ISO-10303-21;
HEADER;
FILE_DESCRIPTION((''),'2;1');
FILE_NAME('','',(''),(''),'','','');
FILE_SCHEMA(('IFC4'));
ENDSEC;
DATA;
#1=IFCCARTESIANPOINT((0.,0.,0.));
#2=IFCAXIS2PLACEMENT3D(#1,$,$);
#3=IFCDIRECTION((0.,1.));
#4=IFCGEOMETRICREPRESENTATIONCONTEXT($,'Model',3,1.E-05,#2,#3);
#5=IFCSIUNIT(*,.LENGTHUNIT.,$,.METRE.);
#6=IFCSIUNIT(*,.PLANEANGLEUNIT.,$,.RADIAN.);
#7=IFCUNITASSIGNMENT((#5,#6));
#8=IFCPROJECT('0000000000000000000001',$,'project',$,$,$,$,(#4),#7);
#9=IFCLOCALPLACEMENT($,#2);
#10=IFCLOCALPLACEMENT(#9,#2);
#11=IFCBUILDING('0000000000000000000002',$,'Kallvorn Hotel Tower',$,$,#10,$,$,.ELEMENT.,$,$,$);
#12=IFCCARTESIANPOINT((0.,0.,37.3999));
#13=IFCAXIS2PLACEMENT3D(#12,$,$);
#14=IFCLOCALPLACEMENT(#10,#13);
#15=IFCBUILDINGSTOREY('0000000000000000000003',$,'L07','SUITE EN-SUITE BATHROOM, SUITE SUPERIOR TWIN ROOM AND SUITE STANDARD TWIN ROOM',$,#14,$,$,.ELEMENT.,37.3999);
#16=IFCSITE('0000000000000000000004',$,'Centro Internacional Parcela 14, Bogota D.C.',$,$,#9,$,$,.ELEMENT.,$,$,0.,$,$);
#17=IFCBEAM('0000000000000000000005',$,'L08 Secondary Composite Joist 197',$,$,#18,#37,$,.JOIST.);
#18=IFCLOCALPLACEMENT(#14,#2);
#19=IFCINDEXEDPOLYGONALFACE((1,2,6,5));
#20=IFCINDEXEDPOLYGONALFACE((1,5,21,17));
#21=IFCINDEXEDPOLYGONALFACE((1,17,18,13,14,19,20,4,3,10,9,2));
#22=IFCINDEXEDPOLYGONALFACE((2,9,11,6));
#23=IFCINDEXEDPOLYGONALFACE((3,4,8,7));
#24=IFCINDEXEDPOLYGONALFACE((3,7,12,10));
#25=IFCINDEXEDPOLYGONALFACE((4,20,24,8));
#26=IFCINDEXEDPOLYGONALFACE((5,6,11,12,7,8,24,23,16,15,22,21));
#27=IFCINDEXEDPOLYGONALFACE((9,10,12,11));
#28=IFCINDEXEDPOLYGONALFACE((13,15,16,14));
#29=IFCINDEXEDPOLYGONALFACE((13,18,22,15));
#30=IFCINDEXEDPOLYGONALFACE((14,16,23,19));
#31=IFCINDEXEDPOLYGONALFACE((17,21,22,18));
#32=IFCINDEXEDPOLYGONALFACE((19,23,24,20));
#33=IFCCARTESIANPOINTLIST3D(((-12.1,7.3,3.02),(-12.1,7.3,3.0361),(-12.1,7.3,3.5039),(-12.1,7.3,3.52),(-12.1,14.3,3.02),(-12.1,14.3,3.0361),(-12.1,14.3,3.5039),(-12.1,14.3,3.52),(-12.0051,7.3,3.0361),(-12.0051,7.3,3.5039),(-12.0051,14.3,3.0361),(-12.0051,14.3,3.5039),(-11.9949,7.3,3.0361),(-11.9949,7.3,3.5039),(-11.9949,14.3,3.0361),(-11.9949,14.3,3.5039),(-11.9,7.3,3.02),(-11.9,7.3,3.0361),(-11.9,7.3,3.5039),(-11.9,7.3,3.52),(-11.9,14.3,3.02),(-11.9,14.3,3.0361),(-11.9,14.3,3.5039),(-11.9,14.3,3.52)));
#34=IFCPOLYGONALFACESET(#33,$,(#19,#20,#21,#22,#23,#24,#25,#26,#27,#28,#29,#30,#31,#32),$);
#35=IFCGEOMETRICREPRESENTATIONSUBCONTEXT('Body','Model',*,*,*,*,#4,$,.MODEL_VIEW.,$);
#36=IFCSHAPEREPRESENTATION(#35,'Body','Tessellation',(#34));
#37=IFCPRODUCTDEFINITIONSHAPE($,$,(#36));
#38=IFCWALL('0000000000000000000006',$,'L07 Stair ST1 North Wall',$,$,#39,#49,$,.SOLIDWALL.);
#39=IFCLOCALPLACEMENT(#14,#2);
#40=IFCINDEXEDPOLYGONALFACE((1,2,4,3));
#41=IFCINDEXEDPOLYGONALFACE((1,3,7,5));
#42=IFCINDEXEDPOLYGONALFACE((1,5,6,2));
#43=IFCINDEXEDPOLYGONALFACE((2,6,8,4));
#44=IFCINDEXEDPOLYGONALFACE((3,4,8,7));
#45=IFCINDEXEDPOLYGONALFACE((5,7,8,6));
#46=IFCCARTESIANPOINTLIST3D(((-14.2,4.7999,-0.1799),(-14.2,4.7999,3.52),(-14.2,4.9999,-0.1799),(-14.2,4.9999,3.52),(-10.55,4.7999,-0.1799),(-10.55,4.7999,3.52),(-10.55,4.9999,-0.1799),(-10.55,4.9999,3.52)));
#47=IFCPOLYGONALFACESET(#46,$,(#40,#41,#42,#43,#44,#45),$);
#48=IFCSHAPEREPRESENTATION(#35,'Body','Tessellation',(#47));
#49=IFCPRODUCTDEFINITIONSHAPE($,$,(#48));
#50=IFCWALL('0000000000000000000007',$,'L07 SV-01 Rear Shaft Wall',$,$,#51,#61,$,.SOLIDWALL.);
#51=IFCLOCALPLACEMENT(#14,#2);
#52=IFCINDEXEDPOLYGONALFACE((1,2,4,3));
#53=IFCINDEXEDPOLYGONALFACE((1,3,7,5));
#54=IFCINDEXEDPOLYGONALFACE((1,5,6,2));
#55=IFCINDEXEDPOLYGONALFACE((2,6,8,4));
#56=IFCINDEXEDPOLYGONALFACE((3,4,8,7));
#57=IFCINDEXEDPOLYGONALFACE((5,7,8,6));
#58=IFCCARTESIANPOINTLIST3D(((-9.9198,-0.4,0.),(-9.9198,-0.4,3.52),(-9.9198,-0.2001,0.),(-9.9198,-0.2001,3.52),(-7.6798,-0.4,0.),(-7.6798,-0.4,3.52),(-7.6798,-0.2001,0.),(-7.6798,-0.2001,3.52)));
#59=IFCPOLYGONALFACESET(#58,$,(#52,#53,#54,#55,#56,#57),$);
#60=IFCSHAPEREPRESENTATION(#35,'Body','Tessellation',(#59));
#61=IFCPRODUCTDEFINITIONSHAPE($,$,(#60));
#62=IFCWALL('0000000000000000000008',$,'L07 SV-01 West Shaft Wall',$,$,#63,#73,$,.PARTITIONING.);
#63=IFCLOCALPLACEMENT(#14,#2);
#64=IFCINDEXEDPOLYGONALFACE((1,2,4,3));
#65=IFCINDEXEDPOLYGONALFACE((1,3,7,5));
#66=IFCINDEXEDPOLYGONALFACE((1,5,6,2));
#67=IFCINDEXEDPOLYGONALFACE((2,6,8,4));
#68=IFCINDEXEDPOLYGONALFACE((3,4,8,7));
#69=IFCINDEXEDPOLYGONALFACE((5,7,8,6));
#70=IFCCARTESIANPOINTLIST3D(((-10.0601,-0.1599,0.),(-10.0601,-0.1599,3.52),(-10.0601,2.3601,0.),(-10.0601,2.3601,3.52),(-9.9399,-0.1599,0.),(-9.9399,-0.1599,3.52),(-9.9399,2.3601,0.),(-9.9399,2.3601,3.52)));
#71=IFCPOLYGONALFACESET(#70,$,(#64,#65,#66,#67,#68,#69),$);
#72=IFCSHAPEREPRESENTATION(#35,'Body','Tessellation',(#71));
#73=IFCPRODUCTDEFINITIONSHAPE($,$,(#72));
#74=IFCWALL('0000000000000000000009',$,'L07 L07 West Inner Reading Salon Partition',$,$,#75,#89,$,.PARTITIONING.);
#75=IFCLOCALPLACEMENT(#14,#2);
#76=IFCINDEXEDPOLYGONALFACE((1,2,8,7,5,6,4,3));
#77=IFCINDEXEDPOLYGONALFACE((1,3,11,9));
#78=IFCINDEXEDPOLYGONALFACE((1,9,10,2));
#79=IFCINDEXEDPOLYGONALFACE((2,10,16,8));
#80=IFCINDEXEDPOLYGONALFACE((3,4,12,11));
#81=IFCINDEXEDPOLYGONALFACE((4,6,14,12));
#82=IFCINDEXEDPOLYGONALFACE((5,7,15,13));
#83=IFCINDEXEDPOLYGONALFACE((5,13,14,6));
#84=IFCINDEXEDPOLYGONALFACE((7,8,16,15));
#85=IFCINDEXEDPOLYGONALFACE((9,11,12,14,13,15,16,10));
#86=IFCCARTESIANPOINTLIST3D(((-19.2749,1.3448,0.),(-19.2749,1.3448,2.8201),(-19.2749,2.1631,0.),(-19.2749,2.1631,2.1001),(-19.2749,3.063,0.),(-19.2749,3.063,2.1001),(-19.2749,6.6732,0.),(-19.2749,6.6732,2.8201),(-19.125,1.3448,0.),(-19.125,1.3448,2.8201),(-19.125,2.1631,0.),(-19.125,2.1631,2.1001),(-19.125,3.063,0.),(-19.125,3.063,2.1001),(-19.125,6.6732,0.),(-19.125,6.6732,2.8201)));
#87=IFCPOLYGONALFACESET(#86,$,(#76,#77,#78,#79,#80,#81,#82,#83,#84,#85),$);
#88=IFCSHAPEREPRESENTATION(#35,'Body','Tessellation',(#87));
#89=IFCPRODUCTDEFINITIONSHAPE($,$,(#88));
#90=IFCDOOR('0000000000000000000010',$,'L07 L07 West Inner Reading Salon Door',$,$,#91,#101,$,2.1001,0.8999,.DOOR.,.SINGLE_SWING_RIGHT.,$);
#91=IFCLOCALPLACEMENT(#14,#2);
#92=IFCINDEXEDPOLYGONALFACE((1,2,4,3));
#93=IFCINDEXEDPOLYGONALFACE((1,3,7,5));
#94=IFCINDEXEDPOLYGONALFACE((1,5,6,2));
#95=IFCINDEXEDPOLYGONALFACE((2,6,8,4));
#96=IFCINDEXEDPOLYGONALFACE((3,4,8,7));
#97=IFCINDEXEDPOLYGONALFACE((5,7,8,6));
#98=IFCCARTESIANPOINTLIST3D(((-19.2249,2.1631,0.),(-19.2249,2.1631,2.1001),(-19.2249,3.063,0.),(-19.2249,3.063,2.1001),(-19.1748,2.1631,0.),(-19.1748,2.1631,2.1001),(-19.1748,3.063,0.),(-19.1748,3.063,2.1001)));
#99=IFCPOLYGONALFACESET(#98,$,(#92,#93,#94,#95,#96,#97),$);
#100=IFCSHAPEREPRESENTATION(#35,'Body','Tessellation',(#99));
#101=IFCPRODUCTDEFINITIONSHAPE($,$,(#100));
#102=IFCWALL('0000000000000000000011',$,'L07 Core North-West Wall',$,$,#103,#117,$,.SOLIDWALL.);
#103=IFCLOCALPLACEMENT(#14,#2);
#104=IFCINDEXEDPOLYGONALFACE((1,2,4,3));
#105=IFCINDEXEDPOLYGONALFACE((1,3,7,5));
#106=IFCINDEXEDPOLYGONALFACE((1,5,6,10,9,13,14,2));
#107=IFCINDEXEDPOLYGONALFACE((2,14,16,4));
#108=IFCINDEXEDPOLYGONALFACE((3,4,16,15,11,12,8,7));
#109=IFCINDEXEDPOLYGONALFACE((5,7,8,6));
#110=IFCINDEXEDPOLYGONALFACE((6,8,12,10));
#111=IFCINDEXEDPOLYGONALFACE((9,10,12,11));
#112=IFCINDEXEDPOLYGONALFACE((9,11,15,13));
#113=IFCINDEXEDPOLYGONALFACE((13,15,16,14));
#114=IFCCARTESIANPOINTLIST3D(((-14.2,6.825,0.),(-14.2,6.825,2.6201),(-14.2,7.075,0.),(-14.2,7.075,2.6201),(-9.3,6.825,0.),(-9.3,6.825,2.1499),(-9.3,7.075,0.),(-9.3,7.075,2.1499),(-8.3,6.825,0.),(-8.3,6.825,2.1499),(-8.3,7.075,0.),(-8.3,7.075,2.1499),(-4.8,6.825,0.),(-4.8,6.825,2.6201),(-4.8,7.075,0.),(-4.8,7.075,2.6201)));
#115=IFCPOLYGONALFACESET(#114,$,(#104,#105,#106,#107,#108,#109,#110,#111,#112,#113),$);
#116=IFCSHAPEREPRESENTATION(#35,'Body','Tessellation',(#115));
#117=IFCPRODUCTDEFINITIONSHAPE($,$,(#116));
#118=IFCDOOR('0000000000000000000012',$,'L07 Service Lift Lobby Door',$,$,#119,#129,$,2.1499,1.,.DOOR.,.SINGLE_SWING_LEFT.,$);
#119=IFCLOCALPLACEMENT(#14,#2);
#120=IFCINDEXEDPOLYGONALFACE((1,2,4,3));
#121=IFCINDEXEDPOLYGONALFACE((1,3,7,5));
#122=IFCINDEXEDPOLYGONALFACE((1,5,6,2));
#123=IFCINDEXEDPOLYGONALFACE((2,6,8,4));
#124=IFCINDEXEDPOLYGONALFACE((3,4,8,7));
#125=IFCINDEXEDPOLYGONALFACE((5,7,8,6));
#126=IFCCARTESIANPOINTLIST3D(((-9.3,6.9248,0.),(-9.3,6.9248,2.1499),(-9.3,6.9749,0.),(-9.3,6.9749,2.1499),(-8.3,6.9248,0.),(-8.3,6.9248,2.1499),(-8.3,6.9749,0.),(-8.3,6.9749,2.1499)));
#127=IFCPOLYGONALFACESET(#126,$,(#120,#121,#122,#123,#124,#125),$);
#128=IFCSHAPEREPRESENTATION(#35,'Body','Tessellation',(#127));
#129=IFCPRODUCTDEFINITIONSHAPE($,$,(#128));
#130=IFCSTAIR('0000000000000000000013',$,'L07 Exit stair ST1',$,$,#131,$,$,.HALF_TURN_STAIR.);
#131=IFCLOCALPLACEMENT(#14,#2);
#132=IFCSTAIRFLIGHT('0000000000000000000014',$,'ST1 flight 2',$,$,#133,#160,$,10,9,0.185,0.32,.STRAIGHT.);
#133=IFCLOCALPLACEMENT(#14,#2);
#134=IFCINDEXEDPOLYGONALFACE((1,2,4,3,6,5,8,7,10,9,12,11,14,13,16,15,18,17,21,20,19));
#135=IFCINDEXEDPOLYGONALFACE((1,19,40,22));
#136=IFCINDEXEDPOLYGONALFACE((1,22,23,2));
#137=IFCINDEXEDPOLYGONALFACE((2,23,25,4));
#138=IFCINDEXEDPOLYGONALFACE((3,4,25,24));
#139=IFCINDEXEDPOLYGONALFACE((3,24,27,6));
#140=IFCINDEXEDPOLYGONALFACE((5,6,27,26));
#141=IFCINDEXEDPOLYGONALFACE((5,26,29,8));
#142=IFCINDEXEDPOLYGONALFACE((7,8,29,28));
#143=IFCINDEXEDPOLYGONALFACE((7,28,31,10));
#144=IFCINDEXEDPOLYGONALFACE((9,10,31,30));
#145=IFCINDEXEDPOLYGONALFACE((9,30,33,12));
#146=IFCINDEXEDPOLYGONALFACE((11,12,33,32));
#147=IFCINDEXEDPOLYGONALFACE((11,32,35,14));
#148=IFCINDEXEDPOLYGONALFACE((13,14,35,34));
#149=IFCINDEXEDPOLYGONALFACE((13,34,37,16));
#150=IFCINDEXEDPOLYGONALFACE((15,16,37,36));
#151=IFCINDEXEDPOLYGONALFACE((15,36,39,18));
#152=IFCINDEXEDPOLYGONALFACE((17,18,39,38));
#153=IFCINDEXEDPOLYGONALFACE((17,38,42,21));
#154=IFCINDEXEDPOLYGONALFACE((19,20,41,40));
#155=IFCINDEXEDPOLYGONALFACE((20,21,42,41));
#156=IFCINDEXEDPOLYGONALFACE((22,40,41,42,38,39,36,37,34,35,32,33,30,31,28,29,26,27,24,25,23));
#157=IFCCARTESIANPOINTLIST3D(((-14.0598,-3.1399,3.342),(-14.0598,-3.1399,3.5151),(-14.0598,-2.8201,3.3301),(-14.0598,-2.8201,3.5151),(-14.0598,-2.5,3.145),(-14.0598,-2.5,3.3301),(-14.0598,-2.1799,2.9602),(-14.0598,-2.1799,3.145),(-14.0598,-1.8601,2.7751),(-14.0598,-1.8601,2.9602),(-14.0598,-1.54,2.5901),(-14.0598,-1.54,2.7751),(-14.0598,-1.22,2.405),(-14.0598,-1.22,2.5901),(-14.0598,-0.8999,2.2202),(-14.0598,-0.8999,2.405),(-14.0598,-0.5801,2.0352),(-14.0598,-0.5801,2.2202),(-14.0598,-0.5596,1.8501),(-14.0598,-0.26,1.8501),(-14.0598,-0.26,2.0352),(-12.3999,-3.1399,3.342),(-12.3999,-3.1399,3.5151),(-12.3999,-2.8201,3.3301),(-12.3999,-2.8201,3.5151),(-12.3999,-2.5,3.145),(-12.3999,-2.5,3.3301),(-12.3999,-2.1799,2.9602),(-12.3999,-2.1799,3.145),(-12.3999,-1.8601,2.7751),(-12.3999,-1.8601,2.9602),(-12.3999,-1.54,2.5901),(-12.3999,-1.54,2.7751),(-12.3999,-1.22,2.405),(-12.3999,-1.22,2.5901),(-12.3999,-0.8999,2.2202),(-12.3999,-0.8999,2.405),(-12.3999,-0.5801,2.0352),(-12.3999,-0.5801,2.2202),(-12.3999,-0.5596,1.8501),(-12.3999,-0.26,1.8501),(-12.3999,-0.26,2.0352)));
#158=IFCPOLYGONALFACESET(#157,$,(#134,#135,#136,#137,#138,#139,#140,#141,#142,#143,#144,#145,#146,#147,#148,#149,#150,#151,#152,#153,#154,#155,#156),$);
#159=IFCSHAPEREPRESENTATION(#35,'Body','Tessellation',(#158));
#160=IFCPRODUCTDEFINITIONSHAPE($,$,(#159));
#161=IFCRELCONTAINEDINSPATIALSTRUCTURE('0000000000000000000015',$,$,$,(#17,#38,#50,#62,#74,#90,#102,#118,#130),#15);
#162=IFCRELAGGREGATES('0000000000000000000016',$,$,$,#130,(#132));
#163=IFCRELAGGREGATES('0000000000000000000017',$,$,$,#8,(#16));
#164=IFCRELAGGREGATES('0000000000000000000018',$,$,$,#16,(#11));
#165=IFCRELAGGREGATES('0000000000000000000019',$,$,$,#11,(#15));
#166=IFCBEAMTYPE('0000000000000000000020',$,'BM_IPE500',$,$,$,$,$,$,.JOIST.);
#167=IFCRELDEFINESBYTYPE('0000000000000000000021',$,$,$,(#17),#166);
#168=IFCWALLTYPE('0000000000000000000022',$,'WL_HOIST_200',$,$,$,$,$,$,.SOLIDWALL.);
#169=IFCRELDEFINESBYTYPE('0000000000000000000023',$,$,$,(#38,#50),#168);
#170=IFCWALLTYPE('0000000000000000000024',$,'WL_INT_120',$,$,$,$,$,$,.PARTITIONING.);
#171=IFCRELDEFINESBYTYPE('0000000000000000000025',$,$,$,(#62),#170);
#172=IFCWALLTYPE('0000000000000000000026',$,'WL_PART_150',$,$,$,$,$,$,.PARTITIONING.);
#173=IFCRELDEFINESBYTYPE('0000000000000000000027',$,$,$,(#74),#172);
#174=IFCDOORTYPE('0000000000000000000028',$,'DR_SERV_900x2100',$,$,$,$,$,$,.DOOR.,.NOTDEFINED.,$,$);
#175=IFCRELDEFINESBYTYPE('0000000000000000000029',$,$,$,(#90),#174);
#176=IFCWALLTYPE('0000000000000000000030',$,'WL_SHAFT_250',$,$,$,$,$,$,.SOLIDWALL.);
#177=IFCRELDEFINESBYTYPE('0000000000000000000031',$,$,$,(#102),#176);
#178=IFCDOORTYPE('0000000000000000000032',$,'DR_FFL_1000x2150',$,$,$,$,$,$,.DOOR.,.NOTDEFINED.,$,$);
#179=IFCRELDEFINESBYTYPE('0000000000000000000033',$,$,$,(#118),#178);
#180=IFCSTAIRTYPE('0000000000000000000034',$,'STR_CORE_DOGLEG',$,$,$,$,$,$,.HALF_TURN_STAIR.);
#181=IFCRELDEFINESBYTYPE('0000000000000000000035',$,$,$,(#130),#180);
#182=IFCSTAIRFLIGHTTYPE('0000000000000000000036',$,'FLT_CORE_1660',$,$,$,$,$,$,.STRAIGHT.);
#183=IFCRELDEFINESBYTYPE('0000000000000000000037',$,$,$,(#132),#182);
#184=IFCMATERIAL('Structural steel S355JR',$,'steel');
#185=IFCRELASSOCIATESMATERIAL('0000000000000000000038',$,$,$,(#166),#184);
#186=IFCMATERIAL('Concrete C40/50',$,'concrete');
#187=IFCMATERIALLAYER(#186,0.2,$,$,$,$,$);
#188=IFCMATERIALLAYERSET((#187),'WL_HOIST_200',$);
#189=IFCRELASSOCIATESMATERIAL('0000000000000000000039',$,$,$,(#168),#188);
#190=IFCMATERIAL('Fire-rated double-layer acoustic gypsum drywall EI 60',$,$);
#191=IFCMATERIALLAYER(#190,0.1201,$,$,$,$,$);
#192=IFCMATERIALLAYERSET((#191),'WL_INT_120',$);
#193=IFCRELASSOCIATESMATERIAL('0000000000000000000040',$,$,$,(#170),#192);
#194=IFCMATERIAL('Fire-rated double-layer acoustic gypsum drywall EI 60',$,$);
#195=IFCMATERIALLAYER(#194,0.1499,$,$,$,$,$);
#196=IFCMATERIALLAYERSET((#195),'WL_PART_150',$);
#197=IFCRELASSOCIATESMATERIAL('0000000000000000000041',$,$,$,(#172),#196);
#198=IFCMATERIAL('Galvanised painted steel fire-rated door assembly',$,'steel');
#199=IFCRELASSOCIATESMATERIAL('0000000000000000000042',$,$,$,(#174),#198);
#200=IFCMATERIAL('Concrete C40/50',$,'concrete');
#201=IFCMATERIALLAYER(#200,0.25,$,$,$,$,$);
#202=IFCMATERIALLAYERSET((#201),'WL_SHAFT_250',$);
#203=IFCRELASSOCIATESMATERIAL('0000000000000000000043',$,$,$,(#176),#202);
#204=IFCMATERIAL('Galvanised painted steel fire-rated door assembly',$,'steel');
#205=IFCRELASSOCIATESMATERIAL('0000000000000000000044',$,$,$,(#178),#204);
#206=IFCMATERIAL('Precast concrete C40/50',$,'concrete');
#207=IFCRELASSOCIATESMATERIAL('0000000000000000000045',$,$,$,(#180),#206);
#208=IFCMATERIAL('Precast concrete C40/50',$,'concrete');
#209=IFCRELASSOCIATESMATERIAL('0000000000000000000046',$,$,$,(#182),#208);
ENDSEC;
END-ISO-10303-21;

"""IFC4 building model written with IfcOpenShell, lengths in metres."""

from ifc_helpers import new_model, si_unit, direction, frame, frame_2d, origin, origin_2d, place, context, subcontext, project, spatial, polyline, rectangle, i_section, outline, extrude, material, layer, layer_set, material_profile, profile_set, type_object, element, fill, aggregate, save


model = new_model("IFC4")

# Units and contexts
model_context = context("Model", 3, precision=1e-05, world=origin(), true_north=direction((0.0, 1.0)))
body_context = subcontext(model_context, "Body", "Model", "MODEL_VIEW")
ifc_project = project(units=[si_unit("LENGTHUNIT", "METRE"), si_unit("PLANEANGLEUNIT", "RADIAN")], contexts=[model_context])

# Site, building, storey
site_placement = place(None, origin())
site = spatial("IfcSite", under=ifc_project, at=site_placement, Name="Centro Internacional Parcela 14, Bogota D.C.", CompositionType="ELEMENT", RefElevation=0.0)
building_placement = place(site_placement, origin())
building = spatial("IfcBuilding", under=site, at=building_placement, Name="Kallvorn Hotel Tower", CompositionType="ELEMENT")
storey_placement = place(building_placement, frame((0.0, 0.0, 37.3999)))
storey = spatial("IfcBuildingStorey", under=building, at=storey_placement, Name="L07", Description="SUITE EN-SUITE BATHROOM, SUITE SUPERIOR TWIN ROOM AND SUITE STANDARD TWIN ROOM", CompositionType="ELEMENT", Elevation=37.3999)

# Beam
ifc_material_1 = material(Name="Structural steel S355JR", Category="steel")
ifc_material_profile_1 = material_profile(ifc_material_1, i_section(OverallWidth=0.2, OverallDepth=0.5, WebThickness=0.0103, FlangeThickness=0.0161, at=origin_2d()), Name="IPE 500")
ifc_profile_set_1 = profile_set([ifc_material_profile_1], Name="Structural steel S355JR")
beam_type_1 = type_object("IfcBeamType", Name="BM_IPE500", PredefinedType="JOIST", material=ifc_profile_set_1)
for number, where, z_axis, x_axis, name in (
    (1, (-12.0, 7.3, 3.27), (0.0, 1.0, 0.0), (-1.0, 0.0, 0.0), "L08 Secondary Composite Joist 197"),
):
    element("IfcBeam", number, at=place(storey_placement, frame(where, z_axis=z_axis, x_axis=x_axis)), inside=storey, type_object=beam_type_1, Name=name, PredefinedType="JOIST", context=body_context, shape_type="SweptSolid", body=[
        extrude(i_section(OverallWidth=0.2, OverallDepth=0.5, WebThickness=0.0103, FlangeThickness=0.0161, at=origin_2d()), origin(), (0.0, 0.0, 1.0), 7.0),
    ])

# Walls
ifc_material_2 = material(Name="Concrete C40/50", Category="concrete")
ifc_layer_1 = layer(ifc_material_2, 0.2)
ifc_layer_set_1 = layer_set([ifc_layer_1], Name="WL_HOIST_200")
wall_type_1 = type_object("IfcWallType", Name="WL_HOIST_200", PredefinedType="SOLIDWALL", material=ifc_layer_set_1)
wall_1_placement = place(storey_placement, frame((-14.2, 4.8999, -0.1799), z_axis=(0.0, 0.0, 1.0), x_axis=(1.0, 0.0, 0.0)))
element("IfcWall", 2, at=wall_1_placement, inside=storey, type_object=wall_type_1, Name="L07 Stair ST1 North Wall", PredefinedType="SOLIDWALL", context=body_context, shape_type="SweptSolid", body=[
    extrude(rectangle(XDim=3.6499, YDim=0.2, at=frame_2d((1.825, 0.0))), origin(), (0.0, 0.0, 1.0), 3.7),
])
wall_2_placement = place(storey_placement, frame((-9.9199, -0.3, 0.0), z_axis=(0.0, 0.0, 1.0), x_axis=(1.0, 0.0, 0.0)))
element("IfcWall", 3, at=wall_2_placement, inside=storey, type_object=wall_type_1, Name="L07 SV-01 Rear Shaft Wall", PredefinedType="SOLIDWALL", context=body_context, shape_type="SweptSolid", body=[
    extrude(rectangle(XDim=2.24, YDim=0.2, at=frame_2d((1.1201, 0.0))), origin(), (0.0, 0.0, 1.0), 3.52),
])
ifc_material_3 = material(Name="Fire-rated double-layer acoustic gypsum drywall EI 60")
ifc_layer_2 = layer(ifc_material_3, 0.1201)
ifc_layer_set_2 = layer_set([ifc_layer_2], Name="WL_INT_120")
wall_type_2 = type_object("IfcWallType", Name="WL_INT_120", PredefinedType="PARTITIONING", material=ifc_layer_set_2)
wall_3_placement = place(storey_placement, frame((-10.0, -0.1599, 0.0), z_axis=(0.0, 0.0, 1.0), x_axis=(0.0, 1.0, 0.0)))
element("IfcWall", 4, at=wall_3_placement, inside=storey, type_object=wall_type_2, Name="L07 SV-01 West Shaft Wall", PredefinedType="PARTITIONING", context=body_context, shape_type="SweptSolid", body=[
    extrude(rectangle(XDim=2.52, YDim=0.1201, at=frame_2d((1.26, 0.0))), origin(), (0.0, 0.0, 1.0), 3.52),
])

# Walls, openings, doors
ifc_material_4 = material(Name="Fire-rated double-layer acoustic gypsum drywall EI 60")
ifc_layer_3 = layer(ifc_material_4, 0.1499)
ifc_layer_set_3 = layer_set([ifc_layer_3], Name="WL_PART_150")
wall_type_3 = type_object("IfcWallType", Name="WL_PART_150", PredefinedType="PARTITIONING", material=ifc_layer_set_3)
wall_4_placement = place(storey_placement, frame((-19.2, 1.345, 0.0), z_axis=(0.0, 0.0, 1.0), x_axis=(0.0, 1.0, 0.0)))
wall_4 = element("IfcWall", 5, at=wall_4_placement, inside=storey, type_object=wall_type_3, Name="L07 L07 West Inner Reading Salon Partition", PredefinedType="PARTITIONING", context=body_context, shape_type="SweptSolid", body=[
    extrude(rectangle(XDim=5.3284, YDim=0.1499, at=frame_2d((2.6641, 0.0))), origin(), (0.0, 0.0, 1.0), 2.8201),
])
opening_1_placement = place(wall_4_placement, frame((0.8181, 0.0, 0.0)))
opening_1 = element("IfcOpeningElement", 6, at=opening_1_placement, cuts=wall_4, PredefinedType="OPENING", context=body_context, shape_type="SweptSolid", body=[
    extrude(rectangle(XDim=0.8999, YDim=2.1001, at=frame_2d((0.45, 1.05))), frame((0.0, 0.0898, 0.0), z_axis=(0.0, -1.0, 0.0), x_axis=(1.0, 0.0, 0.0)), (0.0, 0.0, 1.0), 0.1799),
])
ifc_material_5 = material(Name="Galvanised painted steel fire-rated door assembly", Category="steel")
door_type_1 = type_object("IfcDoorType", Name="DR_SERV_900x2100", OperationType="NOTDEFINED", PredefinedType="DOOR", material=ifc_material_5)
door_1_placement = place(opening_1_placement, origin())
door_1 = element("IfcDoor", 7, at=door_1_placement, inside=storey, type_object=door_type_1, Name="L07 L07 West Inner Reading Salon Door", OperationType="SINGLE_SWING_RIGHT", OverallHeight=2.1001, OverallWidth=0.8999, PredefinedType="DOOR", context=body_context, shape_type="SweptSolid", body=[
    extrude(rectangle(XDim=0.8999, YDim=2.1001, at=frame_2d((0.45, 1.05))), frame((0.0, 0.0249, 0.0), z_axis=(0.0, -1.0, 0.0), x_axis=(1.0, 0.0, 0.0)), (0.0, 0.0, 1.0), 0.05),
])
fill(opening_1, door_1)
ifc_material_6 = material(Name="Concrete C40/50", Category="concrete")
ifc_layer_4 = layer(ifc_material_6, 0.25)
ifc_layer_set_4 = layer_set([ifc_layer_4], Name="WL_SHAFT_250")
wall_type_4 = type_object("IfcWallType", Name="WL_SHAFT_250", PredefinedType="SOLIDWALL", material=ifc_layer_set_4)
wall_5_placement = place(storey_placement, frame((-14.2, 6.95, 0.0), z_axis=(0.0, 0.0, 1.0), x_axis=(1.0, 0.0, 0.0)))
wall_5 = element("IfcWall", 8, at=wall_5_placement, inside=storey, type_object=wall_type_4, Name="L07 Core North-West Wall", PredefinedType="SOLIDWALL", context=body_context, shape_type="SweptSolid", body=[
    extrude(rectangle(XDim=9.3999, YDim=0.25, at=frame_2d((4.7, 0.0))), origin(), (0.0, 0.0, 1.0), 2.6201),
])
opening_2_placement = place(wall_5_placement, frame((4.8999, 0.0, 0.0)))
opening_2 = element("IfcOpeningElement", 9, at=opening_2_placement, cuts=wall_5, PredefinedType="OPENING", context=body_context, shape_type="SweptSolid", body=[
    extrude(rectangle(XDim=1.0, YDim=2.1499, at=frame_2d((0.5, 1.075))), frame((0.0, 0.1399, 0.0), z_axis=(0.0, -1.0, 0.0), x_axis=(1.0, 0.0, 0.0)), (0.0, 0.0, 1.0), 0.28),
])
ifc_material_7 = material(Name="Galvanised painted steel fire-rated door assembly", Category="steel")
door_type_2 = type_object("IfcDoorType", Name="DR_FFL_1000x2150", OperationType="NOTDEFINED", PredefinedType="DOOR", material=ifc_material_7)
door_2_placement = place(opening_2_placement, origin())
door_2 = element("IfcDoor", 10, at=door_2_placement, inside=storey, type_object=door_type_2, Name="L07 Service Lift Lobby Door", OperationType="SINGLE_SWING_LEFT", OverallHeight=2.1499, OverallWidth=1.0, PredefinedType="DOOR", context=body_context, shape_type="SweptSolid", body=[
    extrude(rectangle(XDim=1.0, YDim=2.1499, at=frame_2d((0.5, 1.075))), frame((0.0, 0.0249, 0.0), z_axis=(0.0, -1.0, 0.0), x_axis=(1.0, 0.0, 0.0)), (0.0, 0.0, 1.0), 0.05),
])
fill(opening_2, door_2)

# Stair, stair flight
ifc_material_8 = material(Name="Precast concrete C40/50", Category="concrete")
stair_type = type_object("IfcStairType", Name="STR_CORE_DOGLEG", PredefinedType="HALF_TURN_STAIR", material=ifc_material_8)
stair_placement = place(storey_placement, origin())
stair = element("IfcStair", 11, at=stair_placement, inside=storey, type_object=stair_type, Name="L07 Exit stair ST1", PredefinedType="HALF_TURN_STAIR")
ifc_material_9 = material(Name="Precast concrete C40/50", Category="concrete")
stair_flight_type = type_object("IfcStairFlightType", Name="FLT_CORE_1660", PredefinedType="STRAIGHT", material=ifc_material_9)
stair_flight_placement = place(storey_placement, frame((-13.23, -0.26, 1.8501), z_axis=(0.0, 0.0, 1.0), x_axis=(0.0, -1.0, 0.0)))
stair_flight = element("IfcStairFlight", 12, at=stair_flight_placement, type_object=stair_flight_type, Name="ST1 flight 2", NumberOfRisers=10, NumberOfTreads=9, PredefinedType="STRAIGHT", RiserHeight=0.185, TreadLength=0.32, context=body_context, shape_type="SweptSolid", body=[
    extrude(outline(polyline([(0.0, 0.0), (0.0, 0.1851), (0.3201, 0.1851), (0.3201, 0.3701), (0.6399, 0.3701), (0.6399, 0.5549), (0.96, 0.5549), (0.96, 0.74), (1.28, 0.74), (1.28, 0.925), (1.6001, 0.925), (1.6001, 1.1101), (1.9199, 1.1101), (1.9199, 1.2949), (2.24, 1.2949), (2.24, 1.48), (2.5601, 1.48), (2.5601, 1.665), (2.8799, 1.665), (2.8799, 1.8501), (2.8799, 1.4919), (0.2996, 0.0), (0.0, 0.0)])), frame((0.0, 0.8301, 0.0), z_axis=(0.0, -1.0, 0.0), x_axis=(1.0, 0.0, 0.0)), (0.0, 0.0, 1.0), 1.6599),
])
aggregate(stair, [stair_flight])

save(model, "model.ifc")
